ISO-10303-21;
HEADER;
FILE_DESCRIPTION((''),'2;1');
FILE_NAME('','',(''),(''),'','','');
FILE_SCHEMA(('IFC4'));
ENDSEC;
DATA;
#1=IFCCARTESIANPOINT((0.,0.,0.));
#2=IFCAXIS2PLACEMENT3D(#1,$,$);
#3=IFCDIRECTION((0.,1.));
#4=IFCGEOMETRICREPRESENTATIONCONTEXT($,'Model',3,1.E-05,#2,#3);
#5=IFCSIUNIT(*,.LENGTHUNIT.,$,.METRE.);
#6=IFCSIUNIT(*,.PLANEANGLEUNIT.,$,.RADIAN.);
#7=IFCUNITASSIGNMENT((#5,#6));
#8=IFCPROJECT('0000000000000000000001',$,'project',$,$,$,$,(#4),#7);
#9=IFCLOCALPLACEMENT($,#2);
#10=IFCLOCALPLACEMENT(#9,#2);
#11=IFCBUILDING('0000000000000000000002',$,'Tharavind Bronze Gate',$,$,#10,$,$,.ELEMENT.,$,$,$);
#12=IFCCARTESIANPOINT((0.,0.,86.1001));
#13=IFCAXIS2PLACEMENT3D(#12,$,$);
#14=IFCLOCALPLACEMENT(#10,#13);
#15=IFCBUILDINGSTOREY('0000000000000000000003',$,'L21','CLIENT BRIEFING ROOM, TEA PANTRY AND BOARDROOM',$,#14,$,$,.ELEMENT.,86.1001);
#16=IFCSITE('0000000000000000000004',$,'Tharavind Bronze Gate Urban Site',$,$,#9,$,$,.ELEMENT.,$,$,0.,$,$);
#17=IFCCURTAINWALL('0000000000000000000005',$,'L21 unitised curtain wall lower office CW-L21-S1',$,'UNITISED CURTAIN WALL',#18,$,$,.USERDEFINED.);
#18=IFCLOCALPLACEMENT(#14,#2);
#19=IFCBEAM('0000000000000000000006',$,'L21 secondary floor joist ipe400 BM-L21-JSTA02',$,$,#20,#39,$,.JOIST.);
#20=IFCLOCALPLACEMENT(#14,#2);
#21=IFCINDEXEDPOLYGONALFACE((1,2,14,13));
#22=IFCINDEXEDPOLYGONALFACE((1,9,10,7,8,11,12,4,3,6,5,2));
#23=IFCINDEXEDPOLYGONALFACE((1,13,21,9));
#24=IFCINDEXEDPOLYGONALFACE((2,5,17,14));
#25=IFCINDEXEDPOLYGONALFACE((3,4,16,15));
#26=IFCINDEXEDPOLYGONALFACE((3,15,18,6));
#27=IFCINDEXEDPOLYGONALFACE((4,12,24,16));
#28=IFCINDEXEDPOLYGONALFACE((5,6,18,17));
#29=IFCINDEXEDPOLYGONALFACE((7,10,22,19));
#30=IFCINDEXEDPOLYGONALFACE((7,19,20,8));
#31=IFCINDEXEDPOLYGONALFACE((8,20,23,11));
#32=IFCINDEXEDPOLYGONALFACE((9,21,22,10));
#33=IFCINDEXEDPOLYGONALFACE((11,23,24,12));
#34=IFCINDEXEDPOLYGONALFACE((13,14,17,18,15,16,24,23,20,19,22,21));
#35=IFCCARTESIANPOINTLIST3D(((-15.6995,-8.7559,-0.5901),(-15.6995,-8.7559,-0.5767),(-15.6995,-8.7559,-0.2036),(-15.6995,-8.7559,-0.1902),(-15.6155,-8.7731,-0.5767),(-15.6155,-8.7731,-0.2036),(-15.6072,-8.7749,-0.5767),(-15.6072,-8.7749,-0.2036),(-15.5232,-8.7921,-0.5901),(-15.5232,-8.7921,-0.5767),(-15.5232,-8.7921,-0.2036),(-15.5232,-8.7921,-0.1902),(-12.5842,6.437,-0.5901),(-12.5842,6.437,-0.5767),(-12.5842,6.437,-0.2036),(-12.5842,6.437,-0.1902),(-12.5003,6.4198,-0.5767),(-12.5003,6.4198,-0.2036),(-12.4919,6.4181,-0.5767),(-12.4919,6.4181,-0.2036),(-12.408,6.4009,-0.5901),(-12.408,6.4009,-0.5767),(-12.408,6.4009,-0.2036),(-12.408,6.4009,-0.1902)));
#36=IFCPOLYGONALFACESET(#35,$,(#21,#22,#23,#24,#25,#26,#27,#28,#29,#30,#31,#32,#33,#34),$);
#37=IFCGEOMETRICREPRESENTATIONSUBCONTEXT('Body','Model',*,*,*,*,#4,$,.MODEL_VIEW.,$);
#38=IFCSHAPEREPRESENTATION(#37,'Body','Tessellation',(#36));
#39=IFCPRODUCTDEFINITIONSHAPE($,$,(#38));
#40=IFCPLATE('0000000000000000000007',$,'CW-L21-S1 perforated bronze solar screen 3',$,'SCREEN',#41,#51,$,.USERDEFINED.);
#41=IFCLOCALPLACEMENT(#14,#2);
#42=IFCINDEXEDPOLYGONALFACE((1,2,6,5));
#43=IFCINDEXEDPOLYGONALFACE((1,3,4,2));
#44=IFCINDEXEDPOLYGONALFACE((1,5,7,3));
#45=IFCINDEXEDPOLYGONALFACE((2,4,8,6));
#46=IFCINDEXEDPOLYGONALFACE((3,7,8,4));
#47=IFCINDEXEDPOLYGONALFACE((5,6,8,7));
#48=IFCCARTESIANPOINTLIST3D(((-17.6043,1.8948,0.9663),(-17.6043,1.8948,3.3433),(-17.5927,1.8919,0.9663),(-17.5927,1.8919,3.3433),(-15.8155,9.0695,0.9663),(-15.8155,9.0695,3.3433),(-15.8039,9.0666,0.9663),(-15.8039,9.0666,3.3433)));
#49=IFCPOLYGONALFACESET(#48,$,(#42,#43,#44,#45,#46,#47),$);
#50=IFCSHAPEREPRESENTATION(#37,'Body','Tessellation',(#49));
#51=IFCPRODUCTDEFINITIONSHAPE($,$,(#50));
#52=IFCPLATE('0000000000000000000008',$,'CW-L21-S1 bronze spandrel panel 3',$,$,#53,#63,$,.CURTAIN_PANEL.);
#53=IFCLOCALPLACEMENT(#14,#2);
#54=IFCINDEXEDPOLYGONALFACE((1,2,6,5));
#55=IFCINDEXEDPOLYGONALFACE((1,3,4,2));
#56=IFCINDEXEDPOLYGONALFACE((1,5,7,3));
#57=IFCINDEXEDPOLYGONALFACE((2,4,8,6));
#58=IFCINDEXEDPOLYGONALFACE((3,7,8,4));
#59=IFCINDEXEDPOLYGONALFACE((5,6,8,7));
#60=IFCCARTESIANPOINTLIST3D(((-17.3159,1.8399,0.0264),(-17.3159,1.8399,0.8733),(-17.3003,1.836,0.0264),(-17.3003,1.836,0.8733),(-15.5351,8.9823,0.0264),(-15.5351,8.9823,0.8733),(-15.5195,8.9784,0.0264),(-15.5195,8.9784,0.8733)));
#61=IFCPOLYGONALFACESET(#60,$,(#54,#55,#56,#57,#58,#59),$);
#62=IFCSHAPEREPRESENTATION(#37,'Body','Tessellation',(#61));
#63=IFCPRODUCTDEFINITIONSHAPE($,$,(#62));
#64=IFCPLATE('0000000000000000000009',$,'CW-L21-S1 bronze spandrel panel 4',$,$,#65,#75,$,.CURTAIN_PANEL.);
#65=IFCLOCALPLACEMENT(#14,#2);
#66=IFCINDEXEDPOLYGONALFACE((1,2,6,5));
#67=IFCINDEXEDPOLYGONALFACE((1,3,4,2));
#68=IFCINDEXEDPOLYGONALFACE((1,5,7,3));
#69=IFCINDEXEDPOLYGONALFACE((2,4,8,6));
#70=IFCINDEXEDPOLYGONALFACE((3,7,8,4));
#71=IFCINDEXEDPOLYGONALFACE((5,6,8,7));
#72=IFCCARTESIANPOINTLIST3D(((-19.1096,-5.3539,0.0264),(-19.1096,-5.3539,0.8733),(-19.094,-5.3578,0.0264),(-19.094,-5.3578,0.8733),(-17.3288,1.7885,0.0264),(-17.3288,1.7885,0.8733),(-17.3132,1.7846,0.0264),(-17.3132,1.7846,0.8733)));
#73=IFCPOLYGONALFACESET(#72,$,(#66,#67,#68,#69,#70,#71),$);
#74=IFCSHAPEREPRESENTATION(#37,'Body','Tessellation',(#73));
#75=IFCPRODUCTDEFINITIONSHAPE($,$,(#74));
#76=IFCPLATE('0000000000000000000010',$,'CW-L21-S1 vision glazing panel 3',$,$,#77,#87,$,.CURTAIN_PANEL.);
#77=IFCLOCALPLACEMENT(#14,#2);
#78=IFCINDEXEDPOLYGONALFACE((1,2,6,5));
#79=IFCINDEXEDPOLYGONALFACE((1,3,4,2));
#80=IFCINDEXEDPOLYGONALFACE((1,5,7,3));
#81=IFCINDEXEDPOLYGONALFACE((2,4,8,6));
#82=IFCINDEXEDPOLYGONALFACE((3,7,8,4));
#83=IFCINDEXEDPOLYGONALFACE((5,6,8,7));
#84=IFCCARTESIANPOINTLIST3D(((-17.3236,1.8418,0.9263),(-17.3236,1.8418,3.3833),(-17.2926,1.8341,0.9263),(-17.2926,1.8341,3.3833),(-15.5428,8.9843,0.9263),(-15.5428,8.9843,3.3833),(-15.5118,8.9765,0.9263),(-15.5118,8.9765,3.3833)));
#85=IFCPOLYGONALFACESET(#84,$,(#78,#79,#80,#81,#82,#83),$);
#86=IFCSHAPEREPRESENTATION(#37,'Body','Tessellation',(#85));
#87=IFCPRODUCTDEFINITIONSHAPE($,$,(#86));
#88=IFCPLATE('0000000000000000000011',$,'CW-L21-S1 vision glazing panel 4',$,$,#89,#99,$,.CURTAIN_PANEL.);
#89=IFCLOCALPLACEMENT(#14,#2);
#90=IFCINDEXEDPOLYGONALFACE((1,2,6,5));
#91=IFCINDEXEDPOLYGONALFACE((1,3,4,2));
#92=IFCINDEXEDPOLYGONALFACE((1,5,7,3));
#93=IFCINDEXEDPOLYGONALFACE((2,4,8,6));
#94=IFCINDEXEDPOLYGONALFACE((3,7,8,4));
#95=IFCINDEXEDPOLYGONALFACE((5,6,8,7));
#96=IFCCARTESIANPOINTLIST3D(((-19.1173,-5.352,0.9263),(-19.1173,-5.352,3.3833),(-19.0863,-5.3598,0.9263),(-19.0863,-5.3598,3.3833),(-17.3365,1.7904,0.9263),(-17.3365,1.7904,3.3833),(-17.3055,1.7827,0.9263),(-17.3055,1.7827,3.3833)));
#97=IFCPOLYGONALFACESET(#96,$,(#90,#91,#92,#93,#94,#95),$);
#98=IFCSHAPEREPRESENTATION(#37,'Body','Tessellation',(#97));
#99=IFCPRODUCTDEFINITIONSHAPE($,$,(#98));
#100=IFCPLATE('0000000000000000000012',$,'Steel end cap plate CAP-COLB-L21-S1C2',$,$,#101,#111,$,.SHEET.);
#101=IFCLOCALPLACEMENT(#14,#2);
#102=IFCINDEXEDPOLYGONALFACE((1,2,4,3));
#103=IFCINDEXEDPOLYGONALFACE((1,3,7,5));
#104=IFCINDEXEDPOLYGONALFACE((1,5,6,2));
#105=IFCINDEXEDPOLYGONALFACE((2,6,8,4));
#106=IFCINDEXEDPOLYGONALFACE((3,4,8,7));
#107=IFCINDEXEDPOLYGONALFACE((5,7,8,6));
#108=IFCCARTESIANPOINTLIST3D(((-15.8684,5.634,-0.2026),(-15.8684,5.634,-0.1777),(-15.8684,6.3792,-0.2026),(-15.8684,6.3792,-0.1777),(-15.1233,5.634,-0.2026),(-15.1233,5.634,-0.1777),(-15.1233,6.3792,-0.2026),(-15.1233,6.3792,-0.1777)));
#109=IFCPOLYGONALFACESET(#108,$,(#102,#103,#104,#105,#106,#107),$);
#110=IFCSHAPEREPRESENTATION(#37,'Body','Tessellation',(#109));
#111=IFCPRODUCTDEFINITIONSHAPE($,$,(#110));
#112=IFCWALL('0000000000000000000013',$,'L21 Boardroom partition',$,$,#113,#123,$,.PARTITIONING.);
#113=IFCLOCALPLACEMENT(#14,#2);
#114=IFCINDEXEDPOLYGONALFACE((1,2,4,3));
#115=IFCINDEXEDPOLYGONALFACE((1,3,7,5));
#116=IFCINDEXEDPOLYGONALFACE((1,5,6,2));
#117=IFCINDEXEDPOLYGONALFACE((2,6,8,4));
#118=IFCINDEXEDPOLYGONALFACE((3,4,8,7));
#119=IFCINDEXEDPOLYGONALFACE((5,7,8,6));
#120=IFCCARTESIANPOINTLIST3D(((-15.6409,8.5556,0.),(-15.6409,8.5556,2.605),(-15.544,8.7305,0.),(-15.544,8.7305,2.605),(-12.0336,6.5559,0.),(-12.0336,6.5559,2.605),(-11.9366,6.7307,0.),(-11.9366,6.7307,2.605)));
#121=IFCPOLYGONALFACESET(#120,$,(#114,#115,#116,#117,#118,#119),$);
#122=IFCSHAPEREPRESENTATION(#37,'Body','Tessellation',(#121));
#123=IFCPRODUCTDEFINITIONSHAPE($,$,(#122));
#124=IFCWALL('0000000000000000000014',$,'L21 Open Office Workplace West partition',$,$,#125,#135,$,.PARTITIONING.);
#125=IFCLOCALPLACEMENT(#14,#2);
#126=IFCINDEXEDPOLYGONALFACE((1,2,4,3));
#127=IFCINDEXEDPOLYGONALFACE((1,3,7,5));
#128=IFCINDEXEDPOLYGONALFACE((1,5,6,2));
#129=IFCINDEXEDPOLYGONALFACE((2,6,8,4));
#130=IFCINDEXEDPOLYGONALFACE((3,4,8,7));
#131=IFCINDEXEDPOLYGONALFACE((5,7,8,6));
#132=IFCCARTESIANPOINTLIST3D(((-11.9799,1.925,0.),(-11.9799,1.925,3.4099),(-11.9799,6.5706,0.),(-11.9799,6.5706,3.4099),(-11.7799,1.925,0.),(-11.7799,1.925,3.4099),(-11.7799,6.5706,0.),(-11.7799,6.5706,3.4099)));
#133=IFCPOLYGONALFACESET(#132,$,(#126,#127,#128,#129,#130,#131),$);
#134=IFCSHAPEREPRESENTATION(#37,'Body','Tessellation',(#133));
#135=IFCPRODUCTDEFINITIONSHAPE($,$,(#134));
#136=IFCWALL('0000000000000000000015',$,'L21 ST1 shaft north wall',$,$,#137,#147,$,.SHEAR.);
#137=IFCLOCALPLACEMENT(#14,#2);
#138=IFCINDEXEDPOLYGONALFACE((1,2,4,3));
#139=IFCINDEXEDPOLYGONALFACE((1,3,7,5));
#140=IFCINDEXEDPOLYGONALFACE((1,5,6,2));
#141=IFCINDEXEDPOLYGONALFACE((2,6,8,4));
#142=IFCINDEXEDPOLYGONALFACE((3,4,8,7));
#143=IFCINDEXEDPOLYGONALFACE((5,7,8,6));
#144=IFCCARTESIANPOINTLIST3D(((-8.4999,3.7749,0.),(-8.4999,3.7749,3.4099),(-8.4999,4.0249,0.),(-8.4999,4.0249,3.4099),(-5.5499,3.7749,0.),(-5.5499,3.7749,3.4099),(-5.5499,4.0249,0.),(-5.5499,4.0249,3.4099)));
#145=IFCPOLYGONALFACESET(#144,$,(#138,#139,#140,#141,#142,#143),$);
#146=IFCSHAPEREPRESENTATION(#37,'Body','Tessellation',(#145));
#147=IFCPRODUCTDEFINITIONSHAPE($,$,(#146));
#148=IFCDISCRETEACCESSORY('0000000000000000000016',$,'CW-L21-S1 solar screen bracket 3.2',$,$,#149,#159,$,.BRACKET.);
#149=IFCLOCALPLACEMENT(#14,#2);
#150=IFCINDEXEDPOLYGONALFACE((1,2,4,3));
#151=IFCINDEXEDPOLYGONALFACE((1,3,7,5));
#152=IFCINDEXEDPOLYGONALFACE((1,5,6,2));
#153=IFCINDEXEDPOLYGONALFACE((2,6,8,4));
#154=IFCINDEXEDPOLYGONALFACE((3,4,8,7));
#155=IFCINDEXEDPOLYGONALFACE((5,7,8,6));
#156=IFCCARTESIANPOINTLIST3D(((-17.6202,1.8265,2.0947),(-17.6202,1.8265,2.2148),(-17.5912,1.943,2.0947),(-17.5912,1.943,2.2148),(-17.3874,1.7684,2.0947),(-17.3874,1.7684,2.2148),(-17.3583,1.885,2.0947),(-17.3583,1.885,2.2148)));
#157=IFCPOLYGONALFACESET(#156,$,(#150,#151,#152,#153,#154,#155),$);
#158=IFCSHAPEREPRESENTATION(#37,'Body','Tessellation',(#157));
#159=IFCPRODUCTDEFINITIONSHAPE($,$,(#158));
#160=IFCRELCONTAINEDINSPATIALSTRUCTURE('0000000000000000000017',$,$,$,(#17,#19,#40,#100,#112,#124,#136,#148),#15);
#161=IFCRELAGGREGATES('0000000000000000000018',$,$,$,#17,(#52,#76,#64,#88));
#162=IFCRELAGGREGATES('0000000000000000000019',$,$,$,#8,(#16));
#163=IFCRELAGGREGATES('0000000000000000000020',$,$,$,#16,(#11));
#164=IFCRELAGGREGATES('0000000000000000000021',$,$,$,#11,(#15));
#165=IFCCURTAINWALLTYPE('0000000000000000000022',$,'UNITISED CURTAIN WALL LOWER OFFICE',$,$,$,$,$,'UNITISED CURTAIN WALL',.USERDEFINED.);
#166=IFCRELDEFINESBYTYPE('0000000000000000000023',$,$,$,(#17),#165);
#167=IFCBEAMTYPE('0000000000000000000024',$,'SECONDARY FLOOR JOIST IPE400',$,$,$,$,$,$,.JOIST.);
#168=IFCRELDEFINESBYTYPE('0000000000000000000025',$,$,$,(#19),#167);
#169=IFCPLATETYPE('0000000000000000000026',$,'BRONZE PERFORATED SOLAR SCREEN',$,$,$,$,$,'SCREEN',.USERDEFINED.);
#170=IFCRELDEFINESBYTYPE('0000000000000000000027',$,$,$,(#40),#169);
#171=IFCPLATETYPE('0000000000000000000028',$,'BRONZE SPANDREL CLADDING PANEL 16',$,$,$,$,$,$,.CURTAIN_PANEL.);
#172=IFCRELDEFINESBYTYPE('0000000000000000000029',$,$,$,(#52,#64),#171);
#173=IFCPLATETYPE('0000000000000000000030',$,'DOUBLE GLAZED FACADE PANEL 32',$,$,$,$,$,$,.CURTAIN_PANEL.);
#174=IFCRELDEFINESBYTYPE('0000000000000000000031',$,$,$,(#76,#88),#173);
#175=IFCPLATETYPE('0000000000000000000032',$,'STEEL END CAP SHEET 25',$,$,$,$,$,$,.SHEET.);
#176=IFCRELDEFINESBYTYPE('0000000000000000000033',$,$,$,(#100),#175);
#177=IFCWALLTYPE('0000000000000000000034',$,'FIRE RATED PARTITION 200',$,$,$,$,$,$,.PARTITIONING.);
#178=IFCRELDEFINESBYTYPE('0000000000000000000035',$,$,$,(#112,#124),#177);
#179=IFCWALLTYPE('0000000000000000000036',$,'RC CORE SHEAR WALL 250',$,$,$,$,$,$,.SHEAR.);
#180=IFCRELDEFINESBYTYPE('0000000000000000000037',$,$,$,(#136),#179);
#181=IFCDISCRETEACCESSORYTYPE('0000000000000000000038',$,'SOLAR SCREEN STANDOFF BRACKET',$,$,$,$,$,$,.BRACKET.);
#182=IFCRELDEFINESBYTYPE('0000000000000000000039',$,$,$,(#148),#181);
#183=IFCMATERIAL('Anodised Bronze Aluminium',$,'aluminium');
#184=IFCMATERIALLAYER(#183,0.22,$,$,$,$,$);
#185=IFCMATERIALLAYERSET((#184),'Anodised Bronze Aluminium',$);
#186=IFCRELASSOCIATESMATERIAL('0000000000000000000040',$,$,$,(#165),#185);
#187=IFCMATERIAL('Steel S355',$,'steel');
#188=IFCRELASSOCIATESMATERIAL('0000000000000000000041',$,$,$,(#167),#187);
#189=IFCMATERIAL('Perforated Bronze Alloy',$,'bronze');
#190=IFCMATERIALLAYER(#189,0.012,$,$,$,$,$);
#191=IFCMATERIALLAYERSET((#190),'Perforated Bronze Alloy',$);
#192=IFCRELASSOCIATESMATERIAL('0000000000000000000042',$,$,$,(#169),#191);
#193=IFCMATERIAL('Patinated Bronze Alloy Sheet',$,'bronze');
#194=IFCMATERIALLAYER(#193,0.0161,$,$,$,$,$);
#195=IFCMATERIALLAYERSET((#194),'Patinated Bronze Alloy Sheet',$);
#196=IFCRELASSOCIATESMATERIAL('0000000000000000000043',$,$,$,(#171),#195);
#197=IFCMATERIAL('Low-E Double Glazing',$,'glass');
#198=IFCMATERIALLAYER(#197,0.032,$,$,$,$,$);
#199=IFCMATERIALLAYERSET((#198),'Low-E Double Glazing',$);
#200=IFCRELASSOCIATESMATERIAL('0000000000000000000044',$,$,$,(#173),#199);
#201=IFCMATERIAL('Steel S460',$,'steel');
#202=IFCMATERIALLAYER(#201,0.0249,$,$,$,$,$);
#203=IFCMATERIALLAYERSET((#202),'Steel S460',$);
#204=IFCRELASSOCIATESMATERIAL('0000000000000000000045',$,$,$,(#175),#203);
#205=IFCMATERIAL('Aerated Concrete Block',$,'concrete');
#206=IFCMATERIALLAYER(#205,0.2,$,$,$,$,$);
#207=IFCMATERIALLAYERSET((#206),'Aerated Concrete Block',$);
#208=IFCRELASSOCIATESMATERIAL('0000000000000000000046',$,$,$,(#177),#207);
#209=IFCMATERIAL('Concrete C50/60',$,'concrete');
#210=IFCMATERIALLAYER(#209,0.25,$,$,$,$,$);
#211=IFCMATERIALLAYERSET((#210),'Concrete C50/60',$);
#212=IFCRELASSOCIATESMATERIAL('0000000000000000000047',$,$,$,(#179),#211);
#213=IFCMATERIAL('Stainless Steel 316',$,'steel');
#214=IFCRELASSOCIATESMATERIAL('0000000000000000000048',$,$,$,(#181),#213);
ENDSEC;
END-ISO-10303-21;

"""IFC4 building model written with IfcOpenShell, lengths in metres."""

from ifc_helpers import new_model, si_unit, direction, frame, frame_2d, origin, origin_2d, place, context, subcontext, project, spatial, rectangle, i_section, extrude, material, layer, layer_set, material_profile, profile_set, type_object, element, aggregate, save


model = new_model("IFC4")

# Units and contexts
model_context = context("Model", 3, precision=1e-05, world=origin(), true_north=direction((0.0, 1.0)))
body_context = subcontext(model_context, "Body", "Model", "MODEL_VIEW")
ifc_project = project(units=[si_unit("LENGTHUNIT", "METRE"), si_unit("PLANEANGLEUNIT", "RADIAN")], contexts=[model_context])

# Site, building, storey
site_placement = place(None, origin())
site = spatial("IfcSite", under=ifc_project, at=site_placement, Name="Tharavind Bronze Gate Urban Site", CompositionType="ELEMENT", RefElevation=0.0)
building_placement = place(site_placement, origin())
building = spatial("IfcBuilding", under=site, at=building_placement, Name="Tharavind Bronze Gate", CompositionType="ELEMENT")
storey_placement = place(building_placement, frame((0.0, 0.0, 86.1001)))
storey = spatial("IfcBuildingStorey", under=building, at=storey_placement, Name="L21", Description="CLIENT BRIEFING ROOM, TEA PANTRY AND BOARDROOM", CompositionType="ELEMENT", Elevation=86.1001)

# Shared definitions
ifc_material_1 = material(Name="Steel S460", Category="steel")

# Curtain wall
ifc_material_2 = material(Name="Anodised Bronze Aluminium", Category="aluminium")
ifc_layer_1 = layer(ifc_material_2, 0.22)
ifc_layer_set_1 = layer_set([ifc_layer_1], Name="Anodised Bronze Aluminium")
curtain_wall_type = type_object("IfcCurtainWallType", Name="UNITISED CURTAIN WALL LOWER OFFICE", ElementType="UNITISED CURTAIN WALL", PredefinedType="USERDEFINED", material=ifc_layer_set_1)
curtain_wall_placement = place(storey_placement, origin())
curtain_wall = element("IfcCurtainWall", 1, at=curtain_wall_placement, inside=storey, type_object=curtain_wall_type, Name="L21 unitised curtain wall lower office CW-L21-S1", ObjectType="UNITISED CURTAIN WALL", PredefinedType="USERDEFINED")

# Beam
ifc_material_3 = material(Name="Steel S355", Category="steel")
ifc_material_profile_1 = material_profile(ifc_material_3, i_section(OverallWidth=0.1799, OverallDepth=0.3999, WebThickness=0.0085, FlangeThickness=0.0134, at=origin_2d()), Name="IPE400")
ifc_profile_set_1 = profile_set([ifc_material_profile_1], Name="Steel S355")
beam_type_1 = type_object("IfcBeamType", Name="SECONDARY FLOOR JOIST IPE400", PredefinedType="JOIST", material=ifc_profile_set_1)
beam_1_placement = place(storey_placement, frame((-12.4961, 6.4189, -0.3901), z_axis=(-0.200867, -0.979619, 0.0), x_axis=(0.979619, -0.200867, 0.0)))
element("IfcBeam", 2, at=beam_1_placement, inside=storey, type_object=beam_type_1, Name="L21 secondary floor joist ipe400 BM-L21-JSTA02", PredefinedType="JOIST", context=body_context, shape_type="SweptSolid", body=[
    extrude(i_section(OverallWidth=0.1799, OverallDepth=0.3999, WebThickness=0.0085, FlangeThickness=0.0134, at=origin_2d()), origin(), (0.0, 0.0, 1.0), 15.509),
])

# Plates
ifc_material_4 = material(Name="Perforated Bronze Alloy", Category="bronze")
ifc_layer_2 = layer(ifc_material_4, 0.012)
ifc_layer_set_2 = layer_set([ifc_layer_2], Name="Perforated Bronze Alloy")
plate_type_1 = type_object("IfcPlateType", Name="BRONZE PERFORATED SOLAR SCREEN", ElementType="SCREEN", PredefinedType="USERDEFINED", material=ifc_layer_set_2)
plate_1_placement = place(storey_placement, frame((-16.7041, 5.4807, 0.9663), z_axis=(0.0, 0.0, 1.0), x_axis=(-0.241922, -0.970296, 0.0)))
element("IfcPlate", 3, at=plate_1_placement, inside=storey, type_object=plate_type_1, Name="CW-L21-S1 perforated bronze solar screen 3", ObjectType="SCREEN", PredefinedType="USERDEFINED", context=body_context, shape_type="SweptSolid", body=[
    extrude(rectangle(XDim=7.3943, YDim=0.012, at=origin_2d()), origin(), (0.0, 0.0, 1.0), 2.377),
])
ifc_material_5 = material(Name="Patinated Bronze Alloy Sheet", Category="bronze")
ifc_layer_3 = layer(ifc_material_5, 0.0161)
ifc_layer_set_3 = layer_set([ifc_layer_3], Name="Patinated Bronze Alloy Sheet")
plate_type_2 = type_object("IfcPlateType", Name="BRONZE SPANDREL CLADDING PANEL 16", PredefinedType="CURTAIN_PANEL", material=ifc_layer_set_3)
plate_2_placement = place(storey_placement, frame((-16.4177, 5.4092, 0.0264), z_axis=(0.0, 0.0, 1.0), x_axis=(-0.241922, -0.970296, 0.0)))
plate_2 = element("IfcPlate", 4, at=plate_2_placement, type_object=plate_type_2, Name="CW-L21-S1 bronze spandrel panel 3", PredefinedType="CURTAIN_PANEL", context=body_context, shape_type="SweptSolid", body=[
    extrude(rectangle(XDim=7.3611, YDim=0.0161, at=origin_2d()), origin(), (0.0, 0.0, 1.0), 0.8469),
])
plate_3_placement = place(storey_placement, frame((-18.2114, -1.7847, 0.0264), z_axis=(0.0, 0.0, 1.0), x_axis=(-0.241922, -0.970296, 0.0)))
plate_3 = element("IfcPlate", 5, at=plate_3_placement, type_object=plate_type_2, Name="CW-L21-S1 bronze spandrel panel 4", PredefinedType="CURTAIN_PANEL", context=body_context, shape_type="SweptSolid", body=[
    extrude(rectangle(XDim=7.3611, YDim=0.0161, at=origin_2d()), origin(), (0.0, 0.0, 1.0), 0.8469),
])
ifc_material_6 = material(Name="Low-E Double Glazing", Category="glass")
ifc_layer_4 = layer(ifc_material_6, 0.032)
ifc_layer_set_4 = layer_set([ifc_layer_4], Name="Low-E Double Glazing")
plate_type_3 = type_object("IfcPlateType", Name="DOUBLE GLAZED FACADE PANEL 32", PredefinedType="CURTAIN_PANEL", material=ifc_layer_set_4)
plate_4_placement = place(storey_placement, frame((-16.4177, 5.4092, 0.9263), z_axis=(0.0, 0.0, 1.0), x_axis=(-0.241922, -0.970296, 0.0)))
plate_4 = element("IfcPlate", 6, at=plate_4_placement, type_object=plate_type_3, Name="CW-L21-S1 vision glazing panel 3", PredefinedType="CURTAIN_PANEL", context=body_context, shape_type="SweptSolid", body=[
    extrude(rectangle(XDim=7.3611, YDim=0.032, at=origin_2d()), origin(), (0.0, 0.0, 1.0), 2.457),
])
plate_5_placement = place(storey_placement, frame((-18.2114, -1.7847, 0.9263), z_axis=(0.0, 0.0, 1.0), x_axis=(-0.241922, -0.970296, 0.0)))
plate_5 = element("IfcPlate", 7, at=plate_5_placement, type_object=plate_type_3, Name="CW-L21-S1 vision glazing panel 4", PredefinedType="CURTAIN_PANEL", context=body_context, shape_type="SweptSolid", body=[
    extrude(rectangle(XDim=7.3611, YDim=0.032, at=origin_2d()), origin(), (0.0, 0.0, 1.0), 2.457),
])
aggregate(curtain_wall, [plate_2, plate_4, plate_3, plate_5])
ifc_layer_5 = layer(ifc_material_1, 0.0249)
ifc_layer_set_5 = layer_set([ifc_layer_5], Name="Steel S460")
plate_type_4 = type_object("IfcPlateType", Name="STEEL END CAP SHEET 25", PredefinedType="SHEET", material=ifc_layer_set_5)
plate_6_placement = place(storey_placement, frame((-15.4958, 6.0066, -0.2026), z_axis=(0.0, 0.0, 1.0), x_axis=(1.0, 0.0, 0.0)))
element("IfcPlate", 8, at=plate_6_placement, inside=storey, type_object=plate_type_4, Name="Steel end cap plate CAP-COLB-L21-S1C2", PredefinedType="SHEET", context=body_context, shape_type="SweptSolid", body=[
    extrude(rectangle(XDim=0.7451, YDim=0.7451, at=origin_2d()), origin(), (0.0, 0.0, 1.0), 0.0249),
])

# Walls
ifc_material_7 = material(Name="Aerated Concrete Block", Category="concrete")
ifc_layer_6 = layer(ifc_material_7, 0.2)
ifc_layer_set_6 = layer_set([ifc_layer_6], Name="Aerated Concrete Block")
wall_type_1 = type_object("IfcWallType", Name="FIRE RATED PARTITION 200", PredefinedType="PARTITIONING", material=ifc_layer_set_6)
wall_1_placement = place(storey_placement, frame((-11.9851, 6.6433, 0.0), z_axis=(0.0, 0.0, 1.0), x_axis=(-0.874606, 0.484834, 0.0)))
element("IfcWall", 9, at=wall_1_placement, inside=storey, type_object=wall_type_1, Name="L21 Boardroom partition", PredefinedType="PARTITIONING", context=body_context, shape_type="SweptSolid", body=[
    extrude(rectangle(XDim=4.1245, YDim=0.2, at=frame_2d((2.0623, 0.0))), origin(), (0.0, 0.0, 1.0), 2.605),
])
wall_2_placement = place(storey_placement, frame((-11.8799, 6.5706, 0.0), z_axis=(0.0, 0.0, 1.0), x_axis=(0.0, -1.0, 0.0)))
element("IfcWall", 10, at=wall_2_placement, inside=storey, type_object=wall_type_1, Name="L21 Open Office Workplace West partition", PredefinedType="PARTITIONING", context=body_context, shape_type="SweptSolid", body=[
    extrude(rectangle(XDim=4.6455, YDim=0.2, at=frame_2d((2.3228, 0.0))), origin(), (0.0, 0.0, 1.0), 3.4099),
])

# Wall
ifc_material_8 = material(Name="Concrete C50/60", Category="concrete")
ifc_layer_7 = layer(ifc_material_8, 0.25)
ifc_layer_set_7 = layer_set([ifc_layer_7], Name="Concrete C50/60")
wall_type_2 = type_object("IfcWallType", Name="RC CORE SHEAR WALL 250", PredefinedType="SHEAR", material=ifc_layer_set_7)
wall_3_placement = place(storey_placement, frame((-8.5, 3.8999, 0.0), z_axis=(0.0, 0.0, 1.0), x_axis=(1.0, 0.0, 0.0)))
element("IfcWall", 11, at=wall_3_placement, inside=storey, type_object=wall_type_2, Name="L21 ST1 shaft north wall", PredefinedType="SHEAR", context=body_context, shape_type="SweptSolid", body=[
    extrude(rectangle(XDim=2.95, YDim=0.25, at=frame_2d((1.4751, 0.0))), origin(), (0.0, 0.0, 1.0), 3.4099),
])

# Discrete accessory
ifc_material_9 = material(Name="Stainless Steel 316", Category="steel")
discrete_accessory_type = type_object("IfcDiscreteAccessoryType", Name="SOLAR SCREEN STANDOFF BRACKET", PredefinedType="BRACKET", material=ifc_material_9)
discrete_accessory_placement = place(storey_placement, frame((-17.4893, 1.8557, 2.0947), z_axis=(0.0, 0.0, 1.0), x_axis=(-0.241922, -0.970296, 0.0)))
element("IfcDiscreteAccessory", 12, at=discrete_accessory_placement, inside=storey, type_object=discrete_accessory_type, Name="CW-L21-S1 solar screen bracket 3.2", PredefinedType="BRACKET", context=body_context, shape_type="SweptSolid", body=[
    extrude(rectangle(XDim=0.1201, YDim=0.24, at=origin_2d()), origin(), (0.0, 0.0, 1.0), 0.1201),
])

save(model, "model.ifc")
